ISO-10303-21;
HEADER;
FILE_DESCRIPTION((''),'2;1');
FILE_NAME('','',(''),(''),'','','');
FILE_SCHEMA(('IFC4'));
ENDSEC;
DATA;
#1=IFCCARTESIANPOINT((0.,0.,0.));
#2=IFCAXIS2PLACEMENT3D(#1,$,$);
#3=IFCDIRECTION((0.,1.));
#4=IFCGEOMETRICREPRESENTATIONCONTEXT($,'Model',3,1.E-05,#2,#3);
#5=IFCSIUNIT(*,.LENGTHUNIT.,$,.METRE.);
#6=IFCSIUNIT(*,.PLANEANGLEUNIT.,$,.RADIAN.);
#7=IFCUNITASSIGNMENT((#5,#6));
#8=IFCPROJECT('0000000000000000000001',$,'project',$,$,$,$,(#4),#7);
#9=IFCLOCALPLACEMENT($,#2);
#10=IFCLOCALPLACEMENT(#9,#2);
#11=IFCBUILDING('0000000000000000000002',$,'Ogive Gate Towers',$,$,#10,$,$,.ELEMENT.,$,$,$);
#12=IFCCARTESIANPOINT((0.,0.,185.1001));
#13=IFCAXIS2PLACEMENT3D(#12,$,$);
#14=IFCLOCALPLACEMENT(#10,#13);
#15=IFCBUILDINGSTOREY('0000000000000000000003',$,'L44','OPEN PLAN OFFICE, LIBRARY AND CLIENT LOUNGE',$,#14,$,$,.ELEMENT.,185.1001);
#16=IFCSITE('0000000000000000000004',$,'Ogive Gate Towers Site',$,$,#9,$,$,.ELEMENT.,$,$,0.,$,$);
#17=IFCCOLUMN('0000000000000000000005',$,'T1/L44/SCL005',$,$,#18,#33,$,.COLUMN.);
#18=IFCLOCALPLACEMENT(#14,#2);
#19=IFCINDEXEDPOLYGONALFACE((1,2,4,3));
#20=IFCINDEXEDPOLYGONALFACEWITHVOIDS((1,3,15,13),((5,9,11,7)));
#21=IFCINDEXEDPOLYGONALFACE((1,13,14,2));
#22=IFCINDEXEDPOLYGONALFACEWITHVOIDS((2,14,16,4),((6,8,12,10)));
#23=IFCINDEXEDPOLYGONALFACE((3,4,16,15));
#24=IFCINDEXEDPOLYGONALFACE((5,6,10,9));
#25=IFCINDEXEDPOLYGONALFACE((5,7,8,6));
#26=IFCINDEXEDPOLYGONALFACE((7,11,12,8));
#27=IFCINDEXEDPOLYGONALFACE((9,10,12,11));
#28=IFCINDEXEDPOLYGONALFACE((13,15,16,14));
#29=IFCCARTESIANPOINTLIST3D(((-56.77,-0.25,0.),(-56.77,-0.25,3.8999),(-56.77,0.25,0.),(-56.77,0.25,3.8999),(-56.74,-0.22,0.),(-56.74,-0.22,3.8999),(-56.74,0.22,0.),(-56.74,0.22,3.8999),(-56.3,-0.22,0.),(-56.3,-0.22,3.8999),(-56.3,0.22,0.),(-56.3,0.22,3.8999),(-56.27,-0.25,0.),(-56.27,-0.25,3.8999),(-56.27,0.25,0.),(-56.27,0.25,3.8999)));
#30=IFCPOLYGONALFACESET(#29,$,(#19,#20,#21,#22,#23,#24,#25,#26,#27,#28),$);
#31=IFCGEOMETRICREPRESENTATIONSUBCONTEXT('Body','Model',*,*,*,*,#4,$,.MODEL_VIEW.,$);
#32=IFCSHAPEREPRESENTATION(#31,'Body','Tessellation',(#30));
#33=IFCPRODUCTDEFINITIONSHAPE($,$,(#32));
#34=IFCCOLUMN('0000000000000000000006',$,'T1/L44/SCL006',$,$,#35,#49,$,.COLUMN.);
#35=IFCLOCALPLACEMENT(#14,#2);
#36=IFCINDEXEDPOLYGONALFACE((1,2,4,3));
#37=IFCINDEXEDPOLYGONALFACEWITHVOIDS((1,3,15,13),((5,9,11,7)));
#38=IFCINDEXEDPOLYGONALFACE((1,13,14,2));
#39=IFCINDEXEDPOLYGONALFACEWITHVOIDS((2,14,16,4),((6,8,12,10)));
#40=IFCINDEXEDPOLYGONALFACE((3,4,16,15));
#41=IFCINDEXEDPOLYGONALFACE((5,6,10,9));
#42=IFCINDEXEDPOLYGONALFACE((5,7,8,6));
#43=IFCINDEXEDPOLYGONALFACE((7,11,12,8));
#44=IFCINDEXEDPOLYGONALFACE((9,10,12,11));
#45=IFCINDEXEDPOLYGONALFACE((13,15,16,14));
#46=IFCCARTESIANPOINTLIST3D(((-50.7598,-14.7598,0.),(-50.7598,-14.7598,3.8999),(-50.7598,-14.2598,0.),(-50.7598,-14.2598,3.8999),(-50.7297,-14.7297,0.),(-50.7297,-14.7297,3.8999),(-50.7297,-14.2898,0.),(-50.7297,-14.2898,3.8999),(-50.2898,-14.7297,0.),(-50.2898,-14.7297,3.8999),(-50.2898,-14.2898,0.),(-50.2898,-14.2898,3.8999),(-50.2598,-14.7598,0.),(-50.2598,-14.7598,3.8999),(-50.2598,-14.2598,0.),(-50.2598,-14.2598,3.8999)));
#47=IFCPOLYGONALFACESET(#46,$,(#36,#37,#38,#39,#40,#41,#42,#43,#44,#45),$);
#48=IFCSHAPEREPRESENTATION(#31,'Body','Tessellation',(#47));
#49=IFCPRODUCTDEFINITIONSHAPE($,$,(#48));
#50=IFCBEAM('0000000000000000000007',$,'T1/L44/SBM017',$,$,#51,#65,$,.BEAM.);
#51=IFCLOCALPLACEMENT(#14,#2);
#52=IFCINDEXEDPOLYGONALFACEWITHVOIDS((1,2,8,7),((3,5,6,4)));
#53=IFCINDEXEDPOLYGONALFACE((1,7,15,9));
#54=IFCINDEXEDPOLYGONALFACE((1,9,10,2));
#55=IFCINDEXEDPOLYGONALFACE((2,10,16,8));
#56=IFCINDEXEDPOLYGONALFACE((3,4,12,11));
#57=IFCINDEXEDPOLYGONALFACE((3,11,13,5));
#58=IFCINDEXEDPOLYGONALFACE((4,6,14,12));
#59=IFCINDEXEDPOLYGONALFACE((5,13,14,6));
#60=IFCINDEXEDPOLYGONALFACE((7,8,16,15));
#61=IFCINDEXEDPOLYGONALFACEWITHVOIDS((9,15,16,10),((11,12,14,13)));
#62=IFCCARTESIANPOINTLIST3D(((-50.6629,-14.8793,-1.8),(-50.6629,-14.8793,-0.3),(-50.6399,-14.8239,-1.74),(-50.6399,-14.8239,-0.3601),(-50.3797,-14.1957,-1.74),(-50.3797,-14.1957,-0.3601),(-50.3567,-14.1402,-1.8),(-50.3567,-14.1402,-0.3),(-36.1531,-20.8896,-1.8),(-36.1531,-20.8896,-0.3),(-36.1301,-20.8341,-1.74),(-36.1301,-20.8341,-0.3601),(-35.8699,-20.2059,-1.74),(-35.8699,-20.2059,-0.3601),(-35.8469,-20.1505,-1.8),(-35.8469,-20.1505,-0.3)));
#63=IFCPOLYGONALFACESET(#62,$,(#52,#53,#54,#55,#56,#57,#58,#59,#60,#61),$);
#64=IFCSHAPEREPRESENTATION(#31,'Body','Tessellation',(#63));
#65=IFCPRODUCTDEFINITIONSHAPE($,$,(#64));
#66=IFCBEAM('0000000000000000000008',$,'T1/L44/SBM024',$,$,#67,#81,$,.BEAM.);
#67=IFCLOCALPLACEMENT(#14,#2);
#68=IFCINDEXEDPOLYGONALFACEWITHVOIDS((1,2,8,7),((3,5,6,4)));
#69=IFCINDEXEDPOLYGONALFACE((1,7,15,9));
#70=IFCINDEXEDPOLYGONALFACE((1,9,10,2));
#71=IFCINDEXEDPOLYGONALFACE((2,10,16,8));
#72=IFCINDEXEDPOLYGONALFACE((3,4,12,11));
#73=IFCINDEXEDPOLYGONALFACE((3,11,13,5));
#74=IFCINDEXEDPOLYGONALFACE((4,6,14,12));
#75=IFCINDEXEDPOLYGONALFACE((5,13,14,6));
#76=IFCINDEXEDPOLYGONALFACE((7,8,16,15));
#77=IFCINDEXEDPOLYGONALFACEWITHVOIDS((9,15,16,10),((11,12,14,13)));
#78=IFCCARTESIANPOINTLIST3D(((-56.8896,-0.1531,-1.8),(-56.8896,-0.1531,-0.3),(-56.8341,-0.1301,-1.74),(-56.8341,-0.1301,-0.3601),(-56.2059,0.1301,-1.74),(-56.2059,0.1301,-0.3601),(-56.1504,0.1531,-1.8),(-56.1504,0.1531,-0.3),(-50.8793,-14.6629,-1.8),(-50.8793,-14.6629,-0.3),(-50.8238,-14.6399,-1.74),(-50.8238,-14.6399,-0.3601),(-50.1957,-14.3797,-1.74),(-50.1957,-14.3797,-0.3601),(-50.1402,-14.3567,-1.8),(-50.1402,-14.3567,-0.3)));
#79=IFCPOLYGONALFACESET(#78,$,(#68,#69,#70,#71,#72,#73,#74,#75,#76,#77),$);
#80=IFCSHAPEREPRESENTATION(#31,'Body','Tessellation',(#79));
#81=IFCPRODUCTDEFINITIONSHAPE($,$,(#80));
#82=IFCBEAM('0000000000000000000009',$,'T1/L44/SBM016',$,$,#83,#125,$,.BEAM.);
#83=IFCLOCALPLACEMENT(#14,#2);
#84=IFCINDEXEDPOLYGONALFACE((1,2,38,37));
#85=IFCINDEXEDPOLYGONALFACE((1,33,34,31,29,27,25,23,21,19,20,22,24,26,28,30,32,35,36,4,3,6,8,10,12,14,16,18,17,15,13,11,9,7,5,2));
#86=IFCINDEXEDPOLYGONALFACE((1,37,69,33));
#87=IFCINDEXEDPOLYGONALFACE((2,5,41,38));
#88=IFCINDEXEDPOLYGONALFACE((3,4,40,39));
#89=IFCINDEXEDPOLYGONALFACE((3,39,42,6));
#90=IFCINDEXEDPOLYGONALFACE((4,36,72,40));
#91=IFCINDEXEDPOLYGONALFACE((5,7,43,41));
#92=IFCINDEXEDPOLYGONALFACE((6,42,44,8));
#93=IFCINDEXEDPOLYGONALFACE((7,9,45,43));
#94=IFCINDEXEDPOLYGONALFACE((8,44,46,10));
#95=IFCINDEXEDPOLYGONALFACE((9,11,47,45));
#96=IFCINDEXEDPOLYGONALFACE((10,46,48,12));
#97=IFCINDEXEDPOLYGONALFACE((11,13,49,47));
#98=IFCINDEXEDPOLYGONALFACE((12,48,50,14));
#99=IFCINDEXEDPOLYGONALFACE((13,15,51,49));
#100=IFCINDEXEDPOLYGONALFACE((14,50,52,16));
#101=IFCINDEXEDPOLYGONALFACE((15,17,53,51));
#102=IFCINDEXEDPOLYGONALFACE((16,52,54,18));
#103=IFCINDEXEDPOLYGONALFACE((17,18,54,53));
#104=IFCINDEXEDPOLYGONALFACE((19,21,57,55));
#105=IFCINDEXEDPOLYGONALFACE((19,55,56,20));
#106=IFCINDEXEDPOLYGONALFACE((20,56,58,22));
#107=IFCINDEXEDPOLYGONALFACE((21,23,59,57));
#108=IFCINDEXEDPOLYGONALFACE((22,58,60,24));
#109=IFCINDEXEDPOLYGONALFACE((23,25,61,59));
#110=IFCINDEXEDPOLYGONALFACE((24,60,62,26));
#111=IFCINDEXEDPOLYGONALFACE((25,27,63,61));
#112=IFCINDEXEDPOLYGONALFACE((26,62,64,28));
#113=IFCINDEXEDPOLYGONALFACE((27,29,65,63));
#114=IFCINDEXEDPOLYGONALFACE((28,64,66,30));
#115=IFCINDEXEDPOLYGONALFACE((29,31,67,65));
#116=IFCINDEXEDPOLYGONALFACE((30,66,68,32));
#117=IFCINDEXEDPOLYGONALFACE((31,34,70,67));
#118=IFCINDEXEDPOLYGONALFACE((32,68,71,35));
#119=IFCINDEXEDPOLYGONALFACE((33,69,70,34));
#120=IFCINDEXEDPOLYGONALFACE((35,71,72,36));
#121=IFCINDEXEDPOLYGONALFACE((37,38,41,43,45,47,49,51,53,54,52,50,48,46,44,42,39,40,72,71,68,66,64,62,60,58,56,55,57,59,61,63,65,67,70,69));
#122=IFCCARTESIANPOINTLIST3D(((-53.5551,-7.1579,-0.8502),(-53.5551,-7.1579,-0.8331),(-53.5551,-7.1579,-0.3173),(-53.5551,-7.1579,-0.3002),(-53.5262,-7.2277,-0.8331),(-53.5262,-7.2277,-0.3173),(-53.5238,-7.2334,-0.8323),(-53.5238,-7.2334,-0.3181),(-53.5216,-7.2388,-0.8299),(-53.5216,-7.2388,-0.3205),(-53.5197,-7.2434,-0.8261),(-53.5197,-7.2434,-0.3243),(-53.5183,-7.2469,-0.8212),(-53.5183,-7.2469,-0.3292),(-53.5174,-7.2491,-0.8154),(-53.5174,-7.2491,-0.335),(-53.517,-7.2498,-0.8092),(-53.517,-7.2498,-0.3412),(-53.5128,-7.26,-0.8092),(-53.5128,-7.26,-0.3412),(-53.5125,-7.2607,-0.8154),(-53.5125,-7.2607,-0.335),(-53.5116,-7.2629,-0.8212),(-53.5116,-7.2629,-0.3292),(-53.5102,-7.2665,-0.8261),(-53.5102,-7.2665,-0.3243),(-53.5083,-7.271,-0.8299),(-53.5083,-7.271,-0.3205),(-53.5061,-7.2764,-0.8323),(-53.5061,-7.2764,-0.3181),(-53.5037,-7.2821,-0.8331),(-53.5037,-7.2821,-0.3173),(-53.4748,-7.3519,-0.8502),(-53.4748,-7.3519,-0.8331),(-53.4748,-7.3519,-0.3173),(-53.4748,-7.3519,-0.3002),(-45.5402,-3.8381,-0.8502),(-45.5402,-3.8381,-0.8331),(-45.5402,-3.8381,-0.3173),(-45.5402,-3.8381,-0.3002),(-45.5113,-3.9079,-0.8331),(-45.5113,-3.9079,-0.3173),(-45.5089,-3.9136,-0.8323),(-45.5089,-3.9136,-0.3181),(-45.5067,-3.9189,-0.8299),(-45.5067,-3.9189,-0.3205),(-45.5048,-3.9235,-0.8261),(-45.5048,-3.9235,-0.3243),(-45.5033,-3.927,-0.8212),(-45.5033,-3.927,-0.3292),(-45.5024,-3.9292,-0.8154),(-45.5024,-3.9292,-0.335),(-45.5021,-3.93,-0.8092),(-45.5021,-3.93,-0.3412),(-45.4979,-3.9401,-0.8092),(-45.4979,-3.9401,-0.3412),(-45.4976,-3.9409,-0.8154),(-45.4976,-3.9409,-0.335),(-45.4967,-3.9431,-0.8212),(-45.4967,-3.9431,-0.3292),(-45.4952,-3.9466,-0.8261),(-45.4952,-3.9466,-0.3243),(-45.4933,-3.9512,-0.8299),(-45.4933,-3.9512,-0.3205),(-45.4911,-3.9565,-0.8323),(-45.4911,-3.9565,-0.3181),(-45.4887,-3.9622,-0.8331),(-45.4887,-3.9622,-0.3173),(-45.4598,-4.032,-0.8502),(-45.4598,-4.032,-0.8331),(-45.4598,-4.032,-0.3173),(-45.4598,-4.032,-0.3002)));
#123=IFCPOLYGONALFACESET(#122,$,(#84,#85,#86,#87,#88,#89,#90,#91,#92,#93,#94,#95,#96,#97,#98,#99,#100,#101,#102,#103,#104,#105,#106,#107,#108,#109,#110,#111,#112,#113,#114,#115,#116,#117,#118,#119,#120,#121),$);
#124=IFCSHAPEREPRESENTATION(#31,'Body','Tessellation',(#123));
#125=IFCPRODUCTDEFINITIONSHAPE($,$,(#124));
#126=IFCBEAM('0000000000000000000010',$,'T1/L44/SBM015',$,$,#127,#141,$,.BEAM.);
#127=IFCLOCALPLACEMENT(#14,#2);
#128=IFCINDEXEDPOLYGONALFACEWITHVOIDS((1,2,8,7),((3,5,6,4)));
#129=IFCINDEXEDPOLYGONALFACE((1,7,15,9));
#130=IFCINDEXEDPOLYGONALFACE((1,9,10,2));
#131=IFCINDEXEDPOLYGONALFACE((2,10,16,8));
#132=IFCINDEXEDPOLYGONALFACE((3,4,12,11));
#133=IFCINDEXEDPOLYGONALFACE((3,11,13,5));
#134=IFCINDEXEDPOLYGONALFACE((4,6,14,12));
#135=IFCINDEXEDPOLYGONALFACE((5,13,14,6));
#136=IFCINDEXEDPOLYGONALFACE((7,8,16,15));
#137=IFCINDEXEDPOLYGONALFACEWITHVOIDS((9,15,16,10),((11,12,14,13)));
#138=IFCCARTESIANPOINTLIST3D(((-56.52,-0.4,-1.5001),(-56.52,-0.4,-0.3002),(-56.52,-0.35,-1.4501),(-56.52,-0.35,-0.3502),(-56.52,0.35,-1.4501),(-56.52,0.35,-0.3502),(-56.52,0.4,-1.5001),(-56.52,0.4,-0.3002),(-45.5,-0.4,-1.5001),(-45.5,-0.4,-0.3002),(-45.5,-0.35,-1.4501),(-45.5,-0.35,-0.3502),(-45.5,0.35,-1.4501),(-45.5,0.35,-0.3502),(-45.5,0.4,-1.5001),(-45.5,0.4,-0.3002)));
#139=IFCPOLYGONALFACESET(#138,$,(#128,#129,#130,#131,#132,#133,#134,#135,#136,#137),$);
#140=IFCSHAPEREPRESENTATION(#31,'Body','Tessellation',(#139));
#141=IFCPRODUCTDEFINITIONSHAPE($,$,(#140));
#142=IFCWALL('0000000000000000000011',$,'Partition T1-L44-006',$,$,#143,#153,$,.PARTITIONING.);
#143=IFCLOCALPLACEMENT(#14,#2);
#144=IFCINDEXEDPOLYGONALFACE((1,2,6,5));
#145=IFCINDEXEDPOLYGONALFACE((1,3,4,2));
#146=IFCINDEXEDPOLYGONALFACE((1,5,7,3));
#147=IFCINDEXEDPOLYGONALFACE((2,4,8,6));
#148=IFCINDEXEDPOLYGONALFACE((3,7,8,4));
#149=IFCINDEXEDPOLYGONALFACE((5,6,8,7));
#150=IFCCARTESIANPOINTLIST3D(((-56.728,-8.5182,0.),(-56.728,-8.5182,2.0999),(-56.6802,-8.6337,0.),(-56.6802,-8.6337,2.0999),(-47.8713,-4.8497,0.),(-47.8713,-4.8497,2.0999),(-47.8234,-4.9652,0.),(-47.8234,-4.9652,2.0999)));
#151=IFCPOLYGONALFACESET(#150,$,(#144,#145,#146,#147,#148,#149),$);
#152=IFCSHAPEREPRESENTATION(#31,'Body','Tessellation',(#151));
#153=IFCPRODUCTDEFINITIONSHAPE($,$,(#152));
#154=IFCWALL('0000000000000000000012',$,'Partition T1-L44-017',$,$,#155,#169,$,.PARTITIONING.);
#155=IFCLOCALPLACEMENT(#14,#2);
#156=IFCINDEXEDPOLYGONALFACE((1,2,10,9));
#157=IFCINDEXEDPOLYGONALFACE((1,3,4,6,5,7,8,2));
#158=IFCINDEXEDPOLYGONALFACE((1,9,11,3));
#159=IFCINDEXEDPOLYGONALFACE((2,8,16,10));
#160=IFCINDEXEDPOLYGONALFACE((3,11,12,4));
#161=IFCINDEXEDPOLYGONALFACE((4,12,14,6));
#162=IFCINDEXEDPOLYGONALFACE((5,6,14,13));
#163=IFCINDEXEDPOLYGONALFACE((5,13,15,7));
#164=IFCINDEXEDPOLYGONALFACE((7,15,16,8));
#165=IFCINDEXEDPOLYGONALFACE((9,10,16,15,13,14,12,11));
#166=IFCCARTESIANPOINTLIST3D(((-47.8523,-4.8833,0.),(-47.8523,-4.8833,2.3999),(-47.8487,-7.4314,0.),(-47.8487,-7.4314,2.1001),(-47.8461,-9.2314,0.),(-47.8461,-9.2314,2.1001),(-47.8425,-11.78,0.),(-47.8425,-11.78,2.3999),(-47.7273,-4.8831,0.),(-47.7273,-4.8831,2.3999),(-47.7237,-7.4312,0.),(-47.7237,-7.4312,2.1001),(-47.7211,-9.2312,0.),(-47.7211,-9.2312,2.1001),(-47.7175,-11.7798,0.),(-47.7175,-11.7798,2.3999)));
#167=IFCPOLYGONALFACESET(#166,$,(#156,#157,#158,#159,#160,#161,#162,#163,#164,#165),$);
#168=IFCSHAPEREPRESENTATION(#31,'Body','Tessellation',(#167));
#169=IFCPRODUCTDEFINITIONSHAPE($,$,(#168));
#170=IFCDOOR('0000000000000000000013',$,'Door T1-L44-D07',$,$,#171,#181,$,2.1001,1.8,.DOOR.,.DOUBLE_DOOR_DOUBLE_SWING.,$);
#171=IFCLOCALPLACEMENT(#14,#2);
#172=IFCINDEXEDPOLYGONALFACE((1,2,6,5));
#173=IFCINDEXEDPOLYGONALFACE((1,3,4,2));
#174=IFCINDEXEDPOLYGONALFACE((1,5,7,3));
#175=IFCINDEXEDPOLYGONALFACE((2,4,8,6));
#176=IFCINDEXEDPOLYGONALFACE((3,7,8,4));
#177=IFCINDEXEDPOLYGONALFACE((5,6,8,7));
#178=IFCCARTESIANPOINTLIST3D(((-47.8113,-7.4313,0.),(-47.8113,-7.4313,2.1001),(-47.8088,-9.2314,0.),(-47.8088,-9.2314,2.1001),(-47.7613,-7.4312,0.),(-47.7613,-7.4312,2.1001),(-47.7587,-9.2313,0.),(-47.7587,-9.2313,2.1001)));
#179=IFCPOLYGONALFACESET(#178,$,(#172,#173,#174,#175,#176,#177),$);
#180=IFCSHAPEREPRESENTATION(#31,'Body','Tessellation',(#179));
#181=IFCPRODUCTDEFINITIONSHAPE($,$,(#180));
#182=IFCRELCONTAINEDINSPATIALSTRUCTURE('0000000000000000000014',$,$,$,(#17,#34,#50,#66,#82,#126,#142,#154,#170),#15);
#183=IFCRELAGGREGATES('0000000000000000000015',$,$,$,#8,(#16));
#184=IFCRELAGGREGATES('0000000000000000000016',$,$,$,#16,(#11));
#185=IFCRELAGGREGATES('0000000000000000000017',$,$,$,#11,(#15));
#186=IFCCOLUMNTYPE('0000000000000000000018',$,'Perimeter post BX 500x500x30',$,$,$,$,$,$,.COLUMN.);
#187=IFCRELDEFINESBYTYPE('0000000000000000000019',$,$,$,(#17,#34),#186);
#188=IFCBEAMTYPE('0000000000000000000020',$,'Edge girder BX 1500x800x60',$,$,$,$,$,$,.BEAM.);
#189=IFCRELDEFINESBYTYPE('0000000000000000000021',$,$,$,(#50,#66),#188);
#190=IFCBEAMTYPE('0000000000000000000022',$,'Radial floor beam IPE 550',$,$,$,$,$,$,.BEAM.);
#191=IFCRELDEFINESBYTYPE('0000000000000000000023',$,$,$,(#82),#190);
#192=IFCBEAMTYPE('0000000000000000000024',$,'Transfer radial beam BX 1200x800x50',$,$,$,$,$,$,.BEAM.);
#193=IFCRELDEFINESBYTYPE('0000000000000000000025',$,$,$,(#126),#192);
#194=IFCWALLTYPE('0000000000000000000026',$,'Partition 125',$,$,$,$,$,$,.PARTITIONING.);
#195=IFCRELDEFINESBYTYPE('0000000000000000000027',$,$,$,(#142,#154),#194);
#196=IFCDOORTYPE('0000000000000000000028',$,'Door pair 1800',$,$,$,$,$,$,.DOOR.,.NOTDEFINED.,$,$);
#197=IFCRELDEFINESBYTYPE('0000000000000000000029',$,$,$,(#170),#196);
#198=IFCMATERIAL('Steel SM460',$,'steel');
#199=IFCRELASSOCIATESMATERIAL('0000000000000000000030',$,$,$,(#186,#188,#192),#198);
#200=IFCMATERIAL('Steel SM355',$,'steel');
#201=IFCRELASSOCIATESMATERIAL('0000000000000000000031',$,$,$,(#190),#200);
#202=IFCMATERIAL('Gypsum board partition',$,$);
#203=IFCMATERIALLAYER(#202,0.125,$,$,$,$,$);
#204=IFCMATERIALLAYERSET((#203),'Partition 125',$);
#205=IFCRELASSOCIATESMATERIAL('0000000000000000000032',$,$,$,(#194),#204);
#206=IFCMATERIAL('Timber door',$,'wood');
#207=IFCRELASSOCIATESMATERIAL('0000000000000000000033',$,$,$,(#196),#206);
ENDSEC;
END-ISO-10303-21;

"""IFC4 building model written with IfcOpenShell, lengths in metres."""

from ifc_helpers import new_model, si_unit, direction, frame, frame_2d, origin, origin_2d, place, context, subcontext, project, spatial, rectangle, hollow_rectangle, i_section, extrude, material, layer, layer_set, material_profile, profile_set, type_object, element, fill, save


model = new_model("IFC4")

# Units and contexts
model_context = context("Model", 3, precision=1e-05, world=origin(), true_north=direction((0.0, 1.0)))
body_context = subcontext(model_context, "Body", "Model", "MODEL_VIEW")
ifc_project = project(units=[si_unit("LENGTHUNIT", "METRE"), si_unit("PLANEANGLEUNIT", "RADIAN")], contexts=[model_context])

# Site, building, storey
site_placement = place(None, origin())
site = spatial("IfcSite", under=ifc_project, at=site_placement, Name="Ogive Gate Towers Site", CompositionType="ELEMENT", RefElevation=0.0)
building_placement = place(site_placement, origin())
building = spatial("IfcBuilding", under=site, at=building_placement, Name="Ogive Gate Towers", CompositionType="ELEMENT")
storey_placement = place(building_placement, frame((0.0, 0.0, 185.1001)))
storey = spatial("IfcBuildingStorey", under=building, at=storey_placement, Name="L44", Description="OPEN PLAN OFFICE, LIBRARY AND CLIENT LOUNGE", CompositionType="ELEMENT", Elevation=185.1001)

# Columns
ifc_material_1 = material(Name="Steel SM460", Category="steel")
ifc_material_profile_1 = material_profile(ifc_material_1, hollow_rectangle(XDim=0.5, YDim=0.5, WallThickness=0.03, at=origin_2d()), Name="BX 500x500x30")
ifc_profile_set_1 = profile_set([ifc_material_profile_1], Name="Steel SM460")
column_type = type_object("IfcColumnType", Name="Perimeter post BX 500x500x30", PredefinedType="COLUMN", material=ifc_profile_set_1)
for number, where, z_axis, x_axis, name in (
    (1, (-56.52, 0.0, 0.0), (0.0, 0.0, 1.0), (1.0, 0.0, 0.0), "T1/L44/SCL005"),
    (2, (-50.5098, -14.5098, 0.0), (0.0, 0.0, 1.0), (1.0, 0.0, 0.0), "T1/L44/SCL006"),
):
    element("IfcColumn", number, at=place(storey_placement, frame(where, z_axis=z_axis, x_axis=x_axis)), inside=storey, type_object=column_type, Name=name, PredefinedType="COLUMN", context=body_context, shape_type="SweptSolid", body=[
        extrude(hollow_rectangle(XDim=0.5, YDim=0.5, WallThickness=0.03, at=origin_2d()), origin(), (0.0, 0.0, 1.0), 3.8999),
    ])

# Beams
ifc_material_profile_2 = material_profile(ifc_material_1, hollow_rectangle(XDim=0.8, YDim=1.5, WallThickness=0.0601, at=origin_2d()), Name="BX 1500x800x60")
ifc_profile_set_2 = profile_set([ifc_material_profile_2], Name="Steel SM460")
beam_type_1 = type_object("IfcBeamType", Name="Edge girder BX 1500x800x60", PredefinedType="BEAM", material=ifc_profile_set_2)
for number, where, z_axis, x_axis, name in (
    (3, (-50.5098, -14.5098, -1.05), (0.923877, -0.38269, 0.0), (0.38269, 0.923877, 0.0), "T1/L44/SBM017"),
    (4, (-56.52, 0.0, -1.05), (0.38269, -0.923877, 0.0), (0.923877, 0.38269, 0.0), "T1/L44/SBM024"),
):
    element("IfcBeam", number, at=place(storey_placement, frame(where, z_axis=z_axis, x_axis=x_axis)), inside=storey, type_object=beam_type_1, Name=name, PredefinedType="BEAM", context=body_context, shape_type="SweptSolid", body=[
        extrude(hollow_rectangle(XDim=0.8, YDim=1.5, WallThickness=0.0601, at=origin_2d()), origin(), (0.0, 0.0, 1.0), 15.7053),
    ])
ifc_material_2 = material(Name="Steel SM355", Category="steel")
ifc_material_profile_3 = material_profile(ifc_material_2, i_section(OverallWidth=0.21, OverallDepth=0.55, WebThickness=0.011, FlangeThickness=0.0171, FilletRadius=0.0239, at=origin_2d()), Name="IPE 550")
ifc_profile_set_3 = profile_set([ifc_material_profile_3], Name="Steel SM355")
beam_type_2 = type_object("IfcBeamType", Name="Radial floor beam IPE 550", PredefinedType="BEAM", material=ifc_profile_set_3)
beam_1_placement = place(storey_placement, frame((-45.5, -3.9351, -0.5752), z_axis=(-0.923882, -0.382678, 0.0), x_axis=(0.382678, -0.923882, 0.0)))
element("IfcBeam", 5, at=beam_1_placement, inside=storey, type_object=beam_type_2, Name="T1/L44/SBM016", PredefinedType="BEAM", context=body_context, shape_type="SweptSolid", body=[
    extrude(i_section(OverallWidth=0.21, OverallDepth=0.55, WebThickness=0.011, FlangeThickness=0.0171, FilletRadius=0.0239, at=origin_2d()), origin(), (0.0, 0.0, 1.0), 8.6753),
])
ifc_material_profile_4 = material_profile(ifc_material_1, hollow_rectangle(XDim=0.8, YDim=1.2, WallThickness=0.05, at=origin_2d()), Name="BX 1200x800x50")
ifc_profile_set_4 = profile_set([ifc_material_profile_4], Name="Steel SM460")
beam_type_3 = type_object("IfcBeamType", Name="Transfer radial beam BX 1200x800x50", PredefinedType="BEAM", material=ifc_profile_set_4)
beam_2_placement = place(storey_placement, frame((-45.5, 0.0, -0.9001), z_axis=(-1.0, 0.0, 0.0), x_axis=(0.0, -1.0, 0.0)))
element("IfcBeam", 6, at=beam_2_placement, inside=storey, type_object=beam_type_3, Name="T1/L44/SBM015", PredefinedType="BEAM", context=body_context, shape_type="SweptSolid", body=[
    extrude(hollow_rectangle(XDim=0.8, YDim=1.2, WallThickness=0.05, at=origin_2d()), origin(), (0.0, 0.0, 1.0), 11.02),
])

# Wall
ifc_material_3 = material(Name="Gypsum board partition")
ifc_layer = layer(ifc_material_3, 0.125)
ifc_layer_set = layer_set([ifc_layer], Name="Partition 125")
wall_type = type_object("IfcWallType", Name="Partition 125", PredefinedType="PARTITIONING", material=ifc_layer_set)
wall_1_placement = place(storey_placement, frame((-56.7041, -8.5759, 0.0), z_axis=(0.0, 0.0, 1.0), x_axis=(0.923883, 0.382674, 0.0)))
element("IfcWall", 7, at=wall_1_placement, inside=storey, type_object=wall_type, Name="Partition T1-L44-006", PredefinedType="PARTITIONING", context=body_context, shape_type="SweptSolid", body=[
    extrude(rectangle(XDim=9.5864, YDim=0.125, at=frame_2d((4.7932, 0.0))), origin(), (0.0, 0.0, 1.0), 2.0999),
])

# Wall, opening, door
wall_2_placement = place(storey_placement, frame((-47.7898, -4.8833, 0.0), z_axis=(0.0, 0.0, 1.0), x_axis=(0.001416, -0.999999, 0.0)))
wall_2 = element("IfcWall", 8, at=wall_2_placement, inside=storey, type_object=wall_type, Name="Partition T1-L44-017", PredefinedType="PARTITIONING", context=body_context, shape_type="SweptSolid", body=[
    extrude(rectangle(XDim=6.8967, YDim=0.125, at=frame_2d((3.4482, 0.0))), origin(), (0.0, 0.0, 1.0), 2.3999),
])
opening_placement = place(wall_2_placement, frame((2.5481, 0.0, 0.0)))
opening = element("IfcOpeningElement", 9, at=opening_placement, cuts=wall_2, PredefinedType="OPENING", context=body_context, shape_type="SweptSolid", body=[
    extrude(rectangle(XDim=1.8, YDim=2.1001, at=frame_2d((0.8999, 1.05))), frame((0.0, 0.0725, 0.0), z_axis=(0.0, -1.0, 0.0), x_axis=(1.0, 0.0, 0.0)), (0.0, 0.0, 1.0), 0.145),
])
ifc_material_4 = material(Name="Timber door", Category="wood")
door_type = type_object("IfcDoorType", Name="Door pair 1800", OperationType="NOTDEFINED", PredefinedType="DOOR", material=ifc_material_4)
door_placement = place(opening_placement, origin())
door = element("IfcDoor", 10, at=door_placement, inside=storey, type_object=door_type, Name="Door T1-L44-D07", OperationType="DOUBLE_DOOR_DOUBLE_SWING", OverallHeight=2.1001, OverallWidth=1.8, PredefinedType="DOOR", context=body_context, shape_type="SweptSolid", body=[
    extrude(rectangle(XDim=1.8, YDim=2.1001, at=frame_2d((0.8999, 1.05))), frame((0.0, 0.0249, 0.0), z_axis=(0.0, -1.0, 0.0), x_axis=(1.0, 0.0, 0.0)), (0.0, 0.0, 1.0), 0.05),
])
fill(opening, door)

save(model, "model.ifc")
